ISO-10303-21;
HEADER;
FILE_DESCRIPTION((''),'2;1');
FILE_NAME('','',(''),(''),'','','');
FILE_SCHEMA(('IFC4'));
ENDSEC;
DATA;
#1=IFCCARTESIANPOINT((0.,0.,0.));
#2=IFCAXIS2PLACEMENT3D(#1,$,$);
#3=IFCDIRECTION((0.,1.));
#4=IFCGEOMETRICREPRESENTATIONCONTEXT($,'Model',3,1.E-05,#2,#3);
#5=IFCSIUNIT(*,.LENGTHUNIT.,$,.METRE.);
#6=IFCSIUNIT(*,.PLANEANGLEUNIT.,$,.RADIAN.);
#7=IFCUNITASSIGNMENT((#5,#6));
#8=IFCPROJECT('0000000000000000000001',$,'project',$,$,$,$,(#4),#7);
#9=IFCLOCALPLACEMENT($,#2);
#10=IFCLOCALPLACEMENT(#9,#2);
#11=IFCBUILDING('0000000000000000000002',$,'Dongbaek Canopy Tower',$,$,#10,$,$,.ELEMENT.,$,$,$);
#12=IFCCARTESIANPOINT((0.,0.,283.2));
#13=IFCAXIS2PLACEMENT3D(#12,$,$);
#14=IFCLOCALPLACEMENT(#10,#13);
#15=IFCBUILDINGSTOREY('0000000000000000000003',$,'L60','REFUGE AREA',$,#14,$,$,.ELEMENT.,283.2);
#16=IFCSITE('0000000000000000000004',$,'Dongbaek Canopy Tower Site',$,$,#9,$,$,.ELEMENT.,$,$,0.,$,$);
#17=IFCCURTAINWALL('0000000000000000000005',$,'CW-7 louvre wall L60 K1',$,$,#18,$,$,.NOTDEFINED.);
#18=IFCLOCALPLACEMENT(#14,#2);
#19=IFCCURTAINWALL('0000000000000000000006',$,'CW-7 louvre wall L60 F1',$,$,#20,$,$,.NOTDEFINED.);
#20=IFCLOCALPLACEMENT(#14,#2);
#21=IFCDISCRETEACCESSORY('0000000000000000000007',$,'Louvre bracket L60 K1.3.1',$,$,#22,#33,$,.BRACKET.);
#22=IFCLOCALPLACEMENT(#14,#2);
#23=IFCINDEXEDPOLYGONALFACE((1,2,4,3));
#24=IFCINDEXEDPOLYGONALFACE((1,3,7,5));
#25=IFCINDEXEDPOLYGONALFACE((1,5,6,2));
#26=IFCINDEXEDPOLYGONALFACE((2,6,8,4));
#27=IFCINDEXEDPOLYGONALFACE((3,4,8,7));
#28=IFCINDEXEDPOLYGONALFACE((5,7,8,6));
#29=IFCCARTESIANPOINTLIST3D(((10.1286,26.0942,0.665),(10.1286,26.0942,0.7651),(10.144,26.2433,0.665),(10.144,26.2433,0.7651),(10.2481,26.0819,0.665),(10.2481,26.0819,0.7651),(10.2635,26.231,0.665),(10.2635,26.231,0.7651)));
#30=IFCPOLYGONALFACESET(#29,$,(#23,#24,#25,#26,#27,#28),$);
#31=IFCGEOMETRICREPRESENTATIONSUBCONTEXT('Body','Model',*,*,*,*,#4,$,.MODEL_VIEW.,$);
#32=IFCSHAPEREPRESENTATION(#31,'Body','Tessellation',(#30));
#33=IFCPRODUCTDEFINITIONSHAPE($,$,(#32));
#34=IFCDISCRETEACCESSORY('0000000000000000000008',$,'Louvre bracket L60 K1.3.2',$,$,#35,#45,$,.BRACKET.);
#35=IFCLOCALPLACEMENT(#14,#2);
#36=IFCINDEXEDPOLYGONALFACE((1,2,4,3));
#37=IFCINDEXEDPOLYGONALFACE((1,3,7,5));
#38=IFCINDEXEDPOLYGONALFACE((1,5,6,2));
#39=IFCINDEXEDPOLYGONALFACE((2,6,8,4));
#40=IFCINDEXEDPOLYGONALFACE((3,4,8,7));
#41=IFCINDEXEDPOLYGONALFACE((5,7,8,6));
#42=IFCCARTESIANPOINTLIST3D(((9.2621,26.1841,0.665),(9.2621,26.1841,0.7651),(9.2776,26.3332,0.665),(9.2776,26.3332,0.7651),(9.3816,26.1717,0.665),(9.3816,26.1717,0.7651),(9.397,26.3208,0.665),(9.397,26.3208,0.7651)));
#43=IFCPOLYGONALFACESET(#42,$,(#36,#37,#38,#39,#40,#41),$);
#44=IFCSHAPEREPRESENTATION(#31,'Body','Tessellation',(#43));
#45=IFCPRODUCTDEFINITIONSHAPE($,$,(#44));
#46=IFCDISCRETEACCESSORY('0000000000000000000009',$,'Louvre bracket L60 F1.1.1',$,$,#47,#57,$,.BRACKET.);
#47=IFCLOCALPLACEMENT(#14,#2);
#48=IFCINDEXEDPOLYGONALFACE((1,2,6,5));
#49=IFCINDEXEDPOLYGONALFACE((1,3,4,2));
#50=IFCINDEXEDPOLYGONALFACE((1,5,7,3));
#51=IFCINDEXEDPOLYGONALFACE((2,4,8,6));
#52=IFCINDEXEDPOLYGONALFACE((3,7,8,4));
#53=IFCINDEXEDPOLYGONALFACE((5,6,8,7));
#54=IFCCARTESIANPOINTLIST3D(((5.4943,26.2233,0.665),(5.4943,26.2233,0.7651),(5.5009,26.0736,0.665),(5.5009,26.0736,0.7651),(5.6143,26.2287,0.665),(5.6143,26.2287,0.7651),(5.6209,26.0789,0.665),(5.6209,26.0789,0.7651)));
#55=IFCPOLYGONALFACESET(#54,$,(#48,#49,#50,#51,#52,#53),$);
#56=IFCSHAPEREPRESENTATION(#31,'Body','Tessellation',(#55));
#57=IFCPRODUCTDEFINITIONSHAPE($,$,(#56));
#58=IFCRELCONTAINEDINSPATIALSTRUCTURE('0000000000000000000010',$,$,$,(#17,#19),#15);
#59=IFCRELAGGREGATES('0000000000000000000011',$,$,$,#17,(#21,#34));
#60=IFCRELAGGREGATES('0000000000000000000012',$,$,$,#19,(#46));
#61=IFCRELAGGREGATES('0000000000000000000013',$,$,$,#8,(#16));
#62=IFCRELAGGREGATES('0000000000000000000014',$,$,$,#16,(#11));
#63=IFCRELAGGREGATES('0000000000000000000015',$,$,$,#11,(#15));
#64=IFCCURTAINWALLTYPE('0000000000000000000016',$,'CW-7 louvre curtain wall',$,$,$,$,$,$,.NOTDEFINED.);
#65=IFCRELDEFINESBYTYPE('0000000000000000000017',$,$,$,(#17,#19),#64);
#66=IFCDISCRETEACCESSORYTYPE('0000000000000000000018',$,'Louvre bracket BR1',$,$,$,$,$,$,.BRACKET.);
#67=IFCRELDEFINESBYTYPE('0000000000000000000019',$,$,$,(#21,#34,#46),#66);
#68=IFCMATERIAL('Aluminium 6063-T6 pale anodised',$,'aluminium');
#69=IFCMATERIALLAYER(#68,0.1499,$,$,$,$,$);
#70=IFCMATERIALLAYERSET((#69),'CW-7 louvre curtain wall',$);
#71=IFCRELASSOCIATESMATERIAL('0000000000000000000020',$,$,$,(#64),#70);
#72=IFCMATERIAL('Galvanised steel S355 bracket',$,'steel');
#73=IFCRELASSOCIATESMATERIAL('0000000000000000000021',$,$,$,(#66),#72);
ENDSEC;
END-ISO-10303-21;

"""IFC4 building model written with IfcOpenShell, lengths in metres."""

from ifc_helpers import new_model, si_unit, direction, frame, origin, origin_2d, place, context, subcontext, project, spatial, rectangle, extrude, material, layer, layer_set, type_object, element, aggregate, save


model = new_model("IFC4")

# Units and contexts
model_context = context("Model", 3, precision=1e-05, world=origin(), true_north=direction((0.0, 1.0)))
body_context = subcontext(model_context, "Body", "Model", "MODEL_VIEW")
ifc_project = project(units=[si_unit("LENGTHUNIT", "METRE"), si_unit("PLANEANGLEUNIT", "RADIAN")], contexts=[model_context])

# Site, building, storey
site_placement = place(None, origin())
site = spatial("IfcSite", under=ifc_project, at=site_placement, Name="Dongbaek Canopy Tower Site", CompositionType="ELEMENT", RefElevation=0.0)
building_placement = place(site_placement, origin())
building = spatial("IfcBuilding", under=site, at=building_placement, Name="Dongbaek Canopy Tower", CompositionType="ELEMENT")
storey_placement = place(building_placement, frame((0.0, 0.0, 283.2)))
storey = spatial("IfcBuildingStorey", under=building, at=storey_placement, Name="L60", Description="REFUGE AREA", CompositionType="ELEMENT", Elevation=283.2)

# Curtain wall
ifc_material_1 = material(Name="Aluminium 6063-T6 pale anodised", Category="aluminium")
ifc_layer_1 = layer(ifc_material_1, 0.1499)
ifc_layer_set_1 = layer_set([ifc_layer_1], Name="CW-7 louvre curtain wall")
curtain_wall_type = type_object("IfcCurtainWallType", Name="CW-7 louvre curtain wall", PredefinedType="NOTDEFINED", material=ifc_layer_set_1)
curtain_wall_1_placement = place(storey_placement, origin())
curtain_wall_1 = element("IfcCurtainWall", 1, at=curtain_wall_1_placement, inside=storey, type_object=curtain_wall_type, Name="CW-7 louvre wall L60 K1", PredefinedType="NOTDEFINED")

# Curtain wall
curtain_wall_2_placement = place(storey_placement, origin())
curtain_wall_2 = element("IfcCurtainWall", 2, at=curtain_wall_2_placement, inside=storey, type_object=curtain_wall_type, Name="CW-7 louvre wall L60 F1", PredefinedType="NOTDEFINED")

# Discrete accessories
ifc_material_2 = material(Name="Galvanised steel S355 bracket", Category="steel")
discrete_accessory_type_1 = type_object("IfcDiscreteAccessoryType", Name="Louvre bracket BR1", PredefinedType="BRACKET", material=ifc_material_2)
discrete_accessory_1_placement = place(storey_placement, frame((10.196, 26.1626, 0.665), z_axis=(0.0, 0.0, 1.0), x_axis=(-0.994685, 0.102968, 0.0)))
discrete_accessory_1 = element("IfcDiscreteAccessory", 3, at=discrete_accessory_1_placement, type_object=discrete_accessory_type_1, Name="Louvre bracket L60 K1.3.1", PredefinedType="BRACKET", context=body_context, shape_type="SweptSolid", body=[
    extrude(rectangle(XDim=0.1201, YDim=0.1499, at=origin_2d()), origin(), (0.0, 0.0, 1.0), 0.1001),
])
discrete_accessory_2_placement = place(storey_placement, frame((9.3296, 26.2524, 0.665), z_axis=(0.0, 0.0, 1.0), x_axis=(-0.994685, 0.102968, 0.0)))
discrete_accessory_2 = element("IfcDiscreteAccessory", 4, at=discrete_accessory_2_placement, type_object=discrete_accessory_type_1, Name="Louvre bracket L60 K1.3.2", PredefinedType="BRACKET", context=body_context, shape_type="SweptSolid", body=[
    extrude(rectangle(XDim=0.1201, YDim=0.1499, at=origin_2d()), origin(), (0.0, 0.0, 1.0), 0.1001),
])
aggregate(curtain_wall_1, [discrete_accessory_1, discrete_accessory_2])
discrete_accessory_3_placement = place(storey_placement, frame((5.5576, 26.1511, 0.665), z_axis=(0.0, 0.0, 1.0), x_axis=(-0.999013, -0.044416, 0.0)))
discrete_accessory_3 = element("IfcDiscreteAccessory", 5, at=discrete_accessory_3_placement, type_object=discrete_accessory_type_1, Name="Louvre bracket L60 F1.1.1", PredefinedType="BRACKET", context=body_context, shape_type="SweptSolid", body=[
    extrude(rectangle(XDim=0.1201, YDim=0.1499, at=origin_2d()), origin(), (0.0, 0.0, 1.0), 0.1001),
])
aggregate(curtain_wall_2, [discrete_accessory_3])

save(model, "model.ifc")
